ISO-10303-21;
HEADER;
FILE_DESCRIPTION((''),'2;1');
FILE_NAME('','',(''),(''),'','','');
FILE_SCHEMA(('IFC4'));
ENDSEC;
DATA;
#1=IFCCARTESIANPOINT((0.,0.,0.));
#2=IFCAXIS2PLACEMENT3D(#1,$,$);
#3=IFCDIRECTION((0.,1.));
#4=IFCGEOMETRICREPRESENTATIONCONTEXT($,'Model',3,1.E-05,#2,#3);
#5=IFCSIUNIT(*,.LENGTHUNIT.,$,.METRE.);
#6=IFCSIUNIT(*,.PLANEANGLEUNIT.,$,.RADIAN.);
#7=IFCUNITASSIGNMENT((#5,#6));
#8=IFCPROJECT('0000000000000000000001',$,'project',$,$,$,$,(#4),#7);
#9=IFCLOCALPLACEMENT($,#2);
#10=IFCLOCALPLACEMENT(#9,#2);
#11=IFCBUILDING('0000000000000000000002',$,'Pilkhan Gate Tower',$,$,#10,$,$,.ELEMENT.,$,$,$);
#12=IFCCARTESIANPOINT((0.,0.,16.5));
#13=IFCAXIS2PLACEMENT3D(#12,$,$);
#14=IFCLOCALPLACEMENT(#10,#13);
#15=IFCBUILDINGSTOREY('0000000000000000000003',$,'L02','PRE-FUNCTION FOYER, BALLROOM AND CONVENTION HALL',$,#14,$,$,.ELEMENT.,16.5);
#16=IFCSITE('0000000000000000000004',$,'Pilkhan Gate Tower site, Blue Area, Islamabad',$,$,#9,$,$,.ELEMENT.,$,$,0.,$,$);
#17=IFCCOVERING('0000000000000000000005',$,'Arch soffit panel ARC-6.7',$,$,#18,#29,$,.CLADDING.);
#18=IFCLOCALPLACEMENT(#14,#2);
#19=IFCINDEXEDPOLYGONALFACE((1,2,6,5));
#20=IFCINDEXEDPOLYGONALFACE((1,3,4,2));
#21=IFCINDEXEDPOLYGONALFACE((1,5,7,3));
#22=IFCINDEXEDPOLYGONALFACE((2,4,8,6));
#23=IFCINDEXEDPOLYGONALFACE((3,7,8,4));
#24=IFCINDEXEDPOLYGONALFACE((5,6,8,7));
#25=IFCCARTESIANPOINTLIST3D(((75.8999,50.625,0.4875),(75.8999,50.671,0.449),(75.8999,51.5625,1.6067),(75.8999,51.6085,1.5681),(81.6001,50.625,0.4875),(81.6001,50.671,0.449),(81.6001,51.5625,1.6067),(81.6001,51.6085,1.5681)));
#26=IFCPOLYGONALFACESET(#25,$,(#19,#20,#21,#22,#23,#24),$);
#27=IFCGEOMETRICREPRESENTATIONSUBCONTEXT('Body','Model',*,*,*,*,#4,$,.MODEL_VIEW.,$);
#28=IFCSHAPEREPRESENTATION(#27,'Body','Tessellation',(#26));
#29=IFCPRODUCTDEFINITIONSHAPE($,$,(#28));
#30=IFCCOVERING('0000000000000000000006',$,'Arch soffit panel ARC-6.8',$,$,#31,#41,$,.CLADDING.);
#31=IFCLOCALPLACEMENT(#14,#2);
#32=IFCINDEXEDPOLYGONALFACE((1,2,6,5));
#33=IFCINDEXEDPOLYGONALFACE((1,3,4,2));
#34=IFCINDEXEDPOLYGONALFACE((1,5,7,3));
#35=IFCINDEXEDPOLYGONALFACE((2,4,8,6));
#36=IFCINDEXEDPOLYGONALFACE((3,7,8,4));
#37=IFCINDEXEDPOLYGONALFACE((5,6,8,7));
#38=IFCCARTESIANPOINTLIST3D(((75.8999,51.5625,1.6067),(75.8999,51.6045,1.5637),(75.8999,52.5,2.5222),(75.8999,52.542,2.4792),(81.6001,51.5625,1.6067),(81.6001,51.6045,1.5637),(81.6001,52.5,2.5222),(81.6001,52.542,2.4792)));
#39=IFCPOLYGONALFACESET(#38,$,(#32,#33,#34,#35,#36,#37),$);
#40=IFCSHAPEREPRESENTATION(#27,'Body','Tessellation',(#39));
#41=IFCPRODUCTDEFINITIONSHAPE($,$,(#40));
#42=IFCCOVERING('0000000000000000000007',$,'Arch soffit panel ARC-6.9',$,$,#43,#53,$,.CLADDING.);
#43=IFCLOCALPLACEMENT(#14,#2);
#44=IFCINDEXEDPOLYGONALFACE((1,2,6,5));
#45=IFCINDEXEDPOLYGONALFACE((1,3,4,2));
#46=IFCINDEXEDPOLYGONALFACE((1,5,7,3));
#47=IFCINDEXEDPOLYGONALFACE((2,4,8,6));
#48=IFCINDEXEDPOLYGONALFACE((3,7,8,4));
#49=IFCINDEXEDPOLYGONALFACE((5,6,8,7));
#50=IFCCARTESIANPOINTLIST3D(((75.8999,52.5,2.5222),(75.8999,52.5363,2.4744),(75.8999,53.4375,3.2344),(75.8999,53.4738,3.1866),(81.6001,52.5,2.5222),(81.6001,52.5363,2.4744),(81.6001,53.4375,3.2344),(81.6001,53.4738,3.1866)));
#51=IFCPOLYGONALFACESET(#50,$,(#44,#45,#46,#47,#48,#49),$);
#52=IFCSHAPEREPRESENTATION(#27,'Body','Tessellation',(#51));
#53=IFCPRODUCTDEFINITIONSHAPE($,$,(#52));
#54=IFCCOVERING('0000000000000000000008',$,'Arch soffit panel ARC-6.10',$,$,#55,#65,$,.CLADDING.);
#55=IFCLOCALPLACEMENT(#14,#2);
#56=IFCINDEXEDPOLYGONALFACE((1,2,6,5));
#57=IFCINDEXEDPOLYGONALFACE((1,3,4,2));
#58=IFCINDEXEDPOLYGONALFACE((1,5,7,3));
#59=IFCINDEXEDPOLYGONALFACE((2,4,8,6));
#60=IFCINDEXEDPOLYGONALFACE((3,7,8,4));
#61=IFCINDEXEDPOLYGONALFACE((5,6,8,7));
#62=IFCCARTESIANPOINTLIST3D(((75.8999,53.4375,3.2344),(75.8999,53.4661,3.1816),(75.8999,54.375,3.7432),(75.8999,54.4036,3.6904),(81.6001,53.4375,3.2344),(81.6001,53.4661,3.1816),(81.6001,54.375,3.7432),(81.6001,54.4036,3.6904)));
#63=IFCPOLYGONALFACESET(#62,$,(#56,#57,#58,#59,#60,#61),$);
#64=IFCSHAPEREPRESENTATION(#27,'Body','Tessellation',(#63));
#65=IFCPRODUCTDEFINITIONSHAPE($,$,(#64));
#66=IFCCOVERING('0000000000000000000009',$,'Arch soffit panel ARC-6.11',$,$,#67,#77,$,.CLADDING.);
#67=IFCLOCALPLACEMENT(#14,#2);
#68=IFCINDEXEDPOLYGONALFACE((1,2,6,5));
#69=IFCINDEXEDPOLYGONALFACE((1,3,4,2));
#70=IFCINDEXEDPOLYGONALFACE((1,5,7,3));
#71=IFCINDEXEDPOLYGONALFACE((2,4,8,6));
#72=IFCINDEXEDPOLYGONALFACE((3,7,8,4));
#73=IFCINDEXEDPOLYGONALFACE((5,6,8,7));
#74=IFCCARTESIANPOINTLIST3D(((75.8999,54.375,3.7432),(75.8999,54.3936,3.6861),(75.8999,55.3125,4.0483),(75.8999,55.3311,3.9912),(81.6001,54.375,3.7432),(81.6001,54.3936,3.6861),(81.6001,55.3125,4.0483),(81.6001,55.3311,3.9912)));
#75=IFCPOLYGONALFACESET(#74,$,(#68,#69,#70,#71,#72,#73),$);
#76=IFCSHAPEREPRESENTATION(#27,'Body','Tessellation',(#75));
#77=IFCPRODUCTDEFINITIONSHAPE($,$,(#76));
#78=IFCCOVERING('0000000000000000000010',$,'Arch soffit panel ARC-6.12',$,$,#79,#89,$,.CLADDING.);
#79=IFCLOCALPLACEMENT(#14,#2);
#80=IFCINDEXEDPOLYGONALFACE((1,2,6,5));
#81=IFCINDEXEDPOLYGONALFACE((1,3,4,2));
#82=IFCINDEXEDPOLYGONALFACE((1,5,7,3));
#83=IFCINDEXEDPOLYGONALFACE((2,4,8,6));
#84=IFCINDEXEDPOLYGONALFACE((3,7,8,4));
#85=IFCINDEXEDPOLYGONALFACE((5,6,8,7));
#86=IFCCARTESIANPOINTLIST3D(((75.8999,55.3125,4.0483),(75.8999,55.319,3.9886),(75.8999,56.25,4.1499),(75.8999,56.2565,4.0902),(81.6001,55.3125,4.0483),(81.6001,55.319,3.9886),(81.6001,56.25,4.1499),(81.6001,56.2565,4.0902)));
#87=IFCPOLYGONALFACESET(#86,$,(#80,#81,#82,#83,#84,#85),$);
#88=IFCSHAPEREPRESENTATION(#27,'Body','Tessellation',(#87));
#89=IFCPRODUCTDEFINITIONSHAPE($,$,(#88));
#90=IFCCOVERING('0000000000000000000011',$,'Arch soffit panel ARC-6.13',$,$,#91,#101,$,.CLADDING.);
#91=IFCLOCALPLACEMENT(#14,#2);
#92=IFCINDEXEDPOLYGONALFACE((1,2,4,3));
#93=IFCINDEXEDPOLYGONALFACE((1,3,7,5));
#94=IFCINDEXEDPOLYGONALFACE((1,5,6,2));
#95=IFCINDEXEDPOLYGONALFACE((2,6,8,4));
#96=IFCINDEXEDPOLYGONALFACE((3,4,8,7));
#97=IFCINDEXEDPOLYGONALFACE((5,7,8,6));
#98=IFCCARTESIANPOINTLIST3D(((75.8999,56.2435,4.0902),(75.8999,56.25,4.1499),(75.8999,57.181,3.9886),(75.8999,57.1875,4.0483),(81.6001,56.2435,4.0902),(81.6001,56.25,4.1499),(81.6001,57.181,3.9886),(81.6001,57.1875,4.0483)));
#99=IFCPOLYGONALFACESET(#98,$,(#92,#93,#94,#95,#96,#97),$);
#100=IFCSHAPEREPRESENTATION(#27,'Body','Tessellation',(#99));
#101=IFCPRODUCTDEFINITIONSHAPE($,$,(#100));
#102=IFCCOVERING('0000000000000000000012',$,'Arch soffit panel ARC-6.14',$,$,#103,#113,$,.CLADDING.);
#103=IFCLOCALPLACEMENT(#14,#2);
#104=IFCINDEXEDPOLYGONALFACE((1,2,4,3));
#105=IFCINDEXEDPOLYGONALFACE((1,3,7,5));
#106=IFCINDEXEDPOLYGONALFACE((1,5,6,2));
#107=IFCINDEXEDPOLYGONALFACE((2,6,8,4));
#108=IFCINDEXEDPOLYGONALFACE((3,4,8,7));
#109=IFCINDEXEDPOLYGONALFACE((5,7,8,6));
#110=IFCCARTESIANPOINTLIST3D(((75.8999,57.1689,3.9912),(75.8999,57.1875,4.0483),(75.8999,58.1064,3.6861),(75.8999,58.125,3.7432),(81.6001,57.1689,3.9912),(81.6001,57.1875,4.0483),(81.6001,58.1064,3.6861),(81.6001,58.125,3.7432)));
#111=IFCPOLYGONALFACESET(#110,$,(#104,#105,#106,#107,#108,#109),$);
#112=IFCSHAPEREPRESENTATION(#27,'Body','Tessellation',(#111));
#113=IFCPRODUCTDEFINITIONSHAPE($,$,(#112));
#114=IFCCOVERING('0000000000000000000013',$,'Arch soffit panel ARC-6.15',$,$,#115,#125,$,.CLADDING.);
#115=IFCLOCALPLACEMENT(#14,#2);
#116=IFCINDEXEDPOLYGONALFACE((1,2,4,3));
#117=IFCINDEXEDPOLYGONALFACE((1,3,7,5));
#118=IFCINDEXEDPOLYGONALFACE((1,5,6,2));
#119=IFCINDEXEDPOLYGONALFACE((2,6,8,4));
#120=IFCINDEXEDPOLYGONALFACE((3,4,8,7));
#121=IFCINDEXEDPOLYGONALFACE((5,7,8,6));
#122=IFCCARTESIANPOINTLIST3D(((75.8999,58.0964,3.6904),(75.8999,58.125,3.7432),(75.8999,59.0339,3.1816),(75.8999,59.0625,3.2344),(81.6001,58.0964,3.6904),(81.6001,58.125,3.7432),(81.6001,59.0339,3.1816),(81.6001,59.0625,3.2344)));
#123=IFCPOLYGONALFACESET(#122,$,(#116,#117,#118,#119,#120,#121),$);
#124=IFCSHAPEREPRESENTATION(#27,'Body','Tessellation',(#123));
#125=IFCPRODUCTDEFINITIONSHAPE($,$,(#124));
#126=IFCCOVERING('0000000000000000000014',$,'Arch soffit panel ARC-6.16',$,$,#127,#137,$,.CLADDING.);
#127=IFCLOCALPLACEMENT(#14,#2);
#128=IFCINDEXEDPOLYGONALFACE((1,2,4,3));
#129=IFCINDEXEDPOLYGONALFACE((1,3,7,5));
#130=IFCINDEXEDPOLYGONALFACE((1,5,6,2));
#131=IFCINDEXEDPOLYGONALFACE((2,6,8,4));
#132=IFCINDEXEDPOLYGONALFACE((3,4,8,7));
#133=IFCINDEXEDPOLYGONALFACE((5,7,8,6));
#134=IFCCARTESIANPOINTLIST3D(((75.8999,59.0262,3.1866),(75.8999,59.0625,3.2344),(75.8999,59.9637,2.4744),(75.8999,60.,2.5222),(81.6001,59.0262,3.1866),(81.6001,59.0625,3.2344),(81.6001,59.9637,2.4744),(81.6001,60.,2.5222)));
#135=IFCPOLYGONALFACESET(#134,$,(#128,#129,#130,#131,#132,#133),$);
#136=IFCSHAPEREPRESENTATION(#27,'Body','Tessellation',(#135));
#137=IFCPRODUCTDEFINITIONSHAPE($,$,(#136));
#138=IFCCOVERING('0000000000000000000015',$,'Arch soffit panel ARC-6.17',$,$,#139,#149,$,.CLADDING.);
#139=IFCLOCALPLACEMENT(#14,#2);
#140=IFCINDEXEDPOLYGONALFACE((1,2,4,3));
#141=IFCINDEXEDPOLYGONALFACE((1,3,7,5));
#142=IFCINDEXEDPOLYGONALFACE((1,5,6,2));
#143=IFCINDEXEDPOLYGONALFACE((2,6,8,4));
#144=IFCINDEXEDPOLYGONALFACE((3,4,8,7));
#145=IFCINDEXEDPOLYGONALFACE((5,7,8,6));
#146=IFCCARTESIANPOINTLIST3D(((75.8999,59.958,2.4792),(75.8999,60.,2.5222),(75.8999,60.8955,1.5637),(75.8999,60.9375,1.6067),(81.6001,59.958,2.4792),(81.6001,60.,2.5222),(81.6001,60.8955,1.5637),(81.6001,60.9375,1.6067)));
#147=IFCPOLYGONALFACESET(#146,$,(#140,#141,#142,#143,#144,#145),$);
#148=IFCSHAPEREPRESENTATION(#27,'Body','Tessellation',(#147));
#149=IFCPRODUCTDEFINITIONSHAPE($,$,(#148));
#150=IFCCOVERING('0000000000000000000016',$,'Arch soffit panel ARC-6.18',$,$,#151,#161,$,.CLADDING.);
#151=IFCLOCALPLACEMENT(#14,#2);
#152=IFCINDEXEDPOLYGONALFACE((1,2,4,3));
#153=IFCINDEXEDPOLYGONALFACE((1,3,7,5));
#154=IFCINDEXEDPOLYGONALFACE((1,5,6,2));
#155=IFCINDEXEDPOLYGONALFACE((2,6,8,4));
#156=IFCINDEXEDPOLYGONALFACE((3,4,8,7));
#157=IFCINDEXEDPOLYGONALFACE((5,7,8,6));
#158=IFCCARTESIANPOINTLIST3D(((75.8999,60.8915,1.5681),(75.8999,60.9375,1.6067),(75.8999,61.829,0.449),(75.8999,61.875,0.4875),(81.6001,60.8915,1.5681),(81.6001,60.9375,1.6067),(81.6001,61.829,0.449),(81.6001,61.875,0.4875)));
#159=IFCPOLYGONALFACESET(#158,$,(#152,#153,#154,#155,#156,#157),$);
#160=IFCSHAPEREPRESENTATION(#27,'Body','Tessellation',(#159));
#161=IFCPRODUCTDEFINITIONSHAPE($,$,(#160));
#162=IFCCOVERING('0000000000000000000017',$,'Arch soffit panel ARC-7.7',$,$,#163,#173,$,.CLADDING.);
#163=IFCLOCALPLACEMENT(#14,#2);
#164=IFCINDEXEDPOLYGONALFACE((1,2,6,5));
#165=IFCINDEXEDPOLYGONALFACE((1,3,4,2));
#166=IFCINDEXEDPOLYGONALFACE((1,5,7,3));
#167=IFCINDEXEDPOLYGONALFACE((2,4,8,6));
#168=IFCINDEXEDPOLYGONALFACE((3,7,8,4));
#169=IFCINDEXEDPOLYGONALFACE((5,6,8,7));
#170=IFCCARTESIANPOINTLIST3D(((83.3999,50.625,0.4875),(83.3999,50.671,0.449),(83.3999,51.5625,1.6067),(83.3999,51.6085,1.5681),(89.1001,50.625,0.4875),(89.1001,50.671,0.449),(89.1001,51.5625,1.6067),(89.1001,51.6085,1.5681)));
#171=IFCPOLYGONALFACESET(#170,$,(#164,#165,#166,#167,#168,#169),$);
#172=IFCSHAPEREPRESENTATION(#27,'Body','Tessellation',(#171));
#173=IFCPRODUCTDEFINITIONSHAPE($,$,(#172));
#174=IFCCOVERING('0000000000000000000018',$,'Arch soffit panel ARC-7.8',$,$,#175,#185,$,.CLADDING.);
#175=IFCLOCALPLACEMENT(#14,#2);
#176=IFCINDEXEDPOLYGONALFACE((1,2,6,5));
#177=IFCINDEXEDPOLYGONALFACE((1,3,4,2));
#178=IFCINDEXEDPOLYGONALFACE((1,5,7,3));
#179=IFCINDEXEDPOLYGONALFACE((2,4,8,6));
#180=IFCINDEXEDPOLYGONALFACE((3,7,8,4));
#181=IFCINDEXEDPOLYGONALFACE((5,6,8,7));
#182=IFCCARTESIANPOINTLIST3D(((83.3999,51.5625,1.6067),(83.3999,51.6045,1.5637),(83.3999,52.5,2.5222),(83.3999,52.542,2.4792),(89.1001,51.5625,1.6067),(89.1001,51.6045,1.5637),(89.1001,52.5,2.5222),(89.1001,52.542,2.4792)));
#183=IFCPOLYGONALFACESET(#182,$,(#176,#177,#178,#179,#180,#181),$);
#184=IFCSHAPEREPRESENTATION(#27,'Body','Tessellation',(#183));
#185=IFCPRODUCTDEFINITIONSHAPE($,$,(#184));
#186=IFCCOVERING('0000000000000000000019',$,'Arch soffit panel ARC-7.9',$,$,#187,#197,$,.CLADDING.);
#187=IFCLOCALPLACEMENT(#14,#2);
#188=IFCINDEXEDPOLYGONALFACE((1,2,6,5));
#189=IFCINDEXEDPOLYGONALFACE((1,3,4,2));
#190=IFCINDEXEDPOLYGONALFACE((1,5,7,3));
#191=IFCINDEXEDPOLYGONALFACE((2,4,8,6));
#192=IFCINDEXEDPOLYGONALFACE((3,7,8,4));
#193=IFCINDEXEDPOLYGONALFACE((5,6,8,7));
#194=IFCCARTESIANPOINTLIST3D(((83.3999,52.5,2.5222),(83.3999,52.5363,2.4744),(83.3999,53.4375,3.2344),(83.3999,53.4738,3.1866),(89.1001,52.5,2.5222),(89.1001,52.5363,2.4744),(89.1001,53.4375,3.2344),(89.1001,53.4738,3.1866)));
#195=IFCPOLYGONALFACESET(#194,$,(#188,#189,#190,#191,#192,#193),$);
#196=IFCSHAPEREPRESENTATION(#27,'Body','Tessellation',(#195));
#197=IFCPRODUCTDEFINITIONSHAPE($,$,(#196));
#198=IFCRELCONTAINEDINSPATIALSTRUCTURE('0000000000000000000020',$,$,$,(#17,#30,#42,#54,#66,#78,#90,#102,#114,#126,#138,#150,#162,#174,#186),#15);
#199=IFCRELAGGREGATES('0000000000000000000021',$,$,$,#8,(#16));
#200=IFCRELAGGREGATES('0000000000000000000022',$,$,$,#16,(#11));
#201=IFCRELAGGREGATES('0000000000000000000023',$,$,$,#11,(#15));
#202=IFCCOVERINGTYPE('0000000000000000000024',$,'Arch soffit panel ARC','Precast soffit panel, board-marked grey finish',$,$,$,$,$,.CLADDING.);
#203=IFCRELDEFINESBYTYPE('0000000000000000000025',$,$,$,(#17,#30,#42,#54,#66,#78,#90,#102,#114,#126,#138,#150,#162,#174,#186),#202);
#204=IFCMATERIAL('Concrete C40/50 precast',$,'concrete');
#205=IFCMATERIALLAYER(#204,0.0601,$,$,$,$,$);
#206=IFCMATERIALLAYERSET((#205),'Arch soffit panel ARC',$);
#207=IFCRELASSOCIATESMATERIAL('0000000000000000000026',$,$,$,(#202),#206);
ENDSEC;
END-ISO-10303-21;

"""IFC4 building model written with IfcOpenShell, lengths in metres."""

from ifc_helpers import new_model, si_unit, direction, frame, origin, place, context, subcontext, project, spatial, polyline, outline, extrude, material, layer, layer_set, type_object, element, save


model = new_model("IFC4")

# Units and contexts
model_context = context("Model", 3, precision=1e-05, world=origin(), true_north=direction((0.0, 1.0)))
body_context = subcontext(model_context, "Body", "Model", "MODEL_VIEW")
ifc_project = project(units=[si_unit("LENGTHUNIT", "METRE"), si_unit("PLANEANGLEUNIT", "RADIAN")], contexts=[model_context])

# Site, building, storey
site_placement = place(None, origin())
site = spatial("IfcSite", under=ifc_project, at=site_placement, Name="Pilkhan Gate Tower site, Blue Area, Islamabad", CompositionType="ELEMENT", RefElevation=0.0)
building_placement = place(site_placement, origin())
building = spatial("IfcBuilding", under=site, at=building_placement, Name="Pilkhan Gate Tower", CompositionType="ELEMENT")
storey_placement = place(building_placement, frame((0.0, 0.0, 16.5)))
storey = spatial("IfcBuildingStorey", under=building, at=storey_placement, Name="L02", Description="PRE-FUNCTION FOYER, BALLROOM AND CONVENTION HALL", CompositionType="ELEMENT", Elevation=16.5)

# Coverings
ifc_material = material(Name="Concrete C40/50 precast", Category="concrete")
ifc_layer = layer(ifc_material, 0.0601)
ifc_layer_set = layer_set([ifc_layer], Name="Arch soffit panel ARC")
covering_type = type_object("IfcCoveringType", Name="Arch soffit panel ARC", Description="Precast soffit panel, board-marked grey finish", PredefinedType="CLADDING", material=ifc_layer_set)
covering_1_placement = place(storey_placement, frame((75.8999, 50.625, 0.4875), z_axis=(0.0, -0.766574, 0.642156), x_axis=(1.0, 0.0, 0.0)))
element("IfcCovering", 1, at=covering_1_placement, inside=storey, type_object=covering_type, Name="Arch soffit panel ARC-6.7", PredefinedType="CLADDING", context=body_context, shape_type="SweptSolid", body=[
    extrude(outline(polyline([(0.0, 0.0), (5.7002, 0.0), (5.7002, 1.4599), (0.0, 1.4599), (0.0, 0.0)])), origin(), (0.0, 0.0, -1.0), 0.0601),
])
covering_2_placement = place(storey_placement, frame((75.8999, 51.5625, 1.6067), z_axis=(0.0, -0.698673, 0.715441), x_axis=(1.0, 0.0, 0.0)))
element("IfcCovering", 2, at=covering_2_placement, inside=storey, type_object=covering_type, Name="Arch soffit panel ARC-6.8", PredefinedType="CLADDING", context=body_context, shape_type="SweptSolid", body=[
    extrude(outline(polyline([(0.0, 0.0), (5.7002, 0.0), (5.7002, 1.3104), (0.0, 1.3104), (0.0, 0.0)])), origin(), (0.0, 0.0, -1.0), 0.0601),
])
covering_3_placement = place(storey_placement, frame((75.8999, 52.5, 2.5222), z_axis=(0.0, -0.604899, 0.796302), x_axis=(1.0, 0.0, 0.0)))
element("IfcCovering", 3, at=covering_3_placement, inside=storey, type_object=covering_type, Name="Arch soffit panel ARC-6.9", PredefinedType="CLADDING", context=body_context, shape_type="SweptSolid", body=[
    extrude(outline(polyline([(0.0, 0.0), (5.7002, 0.0), (5.7002, 1.1773), (0.0, 1.1773), (0.0, 0.0)])), origin(), (0.0, 0.0, -1.0), 0.0601),
])
covering_4_placement = place(storey_placement, frame((75.8999, 53.4375, 3.2344), z_axis=(0.0, -0.476991, 0.878908), x_axis=(1.0, 0.0, 0.0)))
element("IfcCovering", 4, at=covering_4_placement, inside=storey, type_object=covering_type, Name="Arch soffit panel ARC-6.10", PredefinedType="CLADDING", context=body_context, shape_type="SweptSolid", body=[
    extrude(outline(polyline([(0.0, 0.0), (5.7002, 0.0), (5.7002, 1.0667), (0.0, 1.0667), (0.0, 0.0)])), origin(), (0.0, 0.0, -1.0), 0.0601),
])
covering_5_placement = place(storey_placement, frame((75.8999, 54.375, 3.7432), z_axis=(0.0, -0.309534, 0.950888), x_axis=(1.0, 0.0, 0.0)))
element("IfcCovering", 5, at=covering_5_placement, inside=storey, type_object=covering_type, Name="Arch soffit panel ARC-6.11", PredefinedType="CLADDING", context=body_context, shape_type="SweptSolid", body=[
    extrude(outline(polyline([(0.0, 0.0), (5.7002, 0.0), (5.7002, 0.9859), (0.0, 0.9859), (0.0, 0.0)])), origin(), (0.0, 0.0, -1.0), 0.0601),
])
for number, where, z_axis, x_axis, name in (
    (6, (75.8999, 55.3125, 4.0483), (0.0, -0.107703, 0.994183), (1.0, 0.0, 0.0), "Arch soffit panel ARC-6.12"),
    (7, (75.8999, 56.25, 4.1499), (0.0, 0.107703, 0.994183), (1.0, 0.0, 0.0), "Arch soffit panel ARC-6.13"),
):
    element("IfcCovering", number, at=place(storey_placement, frame(where, z_axis=z_axis, x_axis=x_axis)), inside=storey, type_object=covering_type, Name=name, PredefinedType="CLADDING", context=body_context, shape_type="SweptSolid", body=[
        extrude(outline(polyline([(0.0, 0.0), (5.7002, 0.0), (5.7002, 0.943), (0.0, 0.943), (0.0, 0.0)])), origin(), (0.0, 0.0, -1.0), 0.0601),
    ])
covering_6_placement = place(storey_placement, frame((75.8999, 57.1875, 4.0483), z_axis=(0.0, 0.309534, 0.950888), x_axis=(1.0, 0.0, 0.0)))
element("IfcCovering", 8, at=covering_6_placement, inside=storey, type_object=covering_type, Name="Arch soffit panel ARC-6.14", PredefinedType="CLADDING", context=body_context, shape_type="SweptSolid", body=[
    extrude(outline(polyline([(0.0, 0.0), (5.7002, 0.0), (5.7002, 0.9859), (0.0, 0.9859), (0.0, 0.0)])), origin(), (0.0, 0.0, -1.0), 0.0601),
])
covering_7_placement = place(storey_placement, frame((75.8999, 58.125, 3.7432), z_axis=(0.0, 0.476991, 0.878908), x_axis=(1.0, 0.0, 0.0)))
element("IfcCovering", 9, at=covering_7_placement, inside=storey, type_object=covering_type, Name="Arch soffit panel ARC-6.15", PredefinedType="CLADDING", context=body_context, shape_type="SweptSolid", body=[
    extrude(outline(polyline([(0.0, 0.0), (5.7002, 0.0), (5.7002, 1.0667), (0.0, 1.0667), (0.0, 0.0)])), origin(), (0.0, 0.0, -1.0), 0.0601),
])
covering_8_placement = place(storey_placement, frame((75.8999, 59.0625, 3.2344), z_axis=(0.0, 0.604899, 0.796302), x_axis=(1.0, 0.0, 0.0)))
element("IfcCovering", 10, at=covering_8_placement, inside=storey, type_object=covering_type, Name="Arch soffit panel ARC-6.16", PredefinedType="CLADDING", context=body_context, shape_type="SweptSolid", body=[
    extrude(outline(polyline([(0.0, 0.0), (5.7002, 0.0), (5.7002, 1.1773), (0.0, 1.1773), (0.0, 0.0)])), origin(), (0.0, 0.0, -1.0), 0.0601),
])
covering_9_placement = place(storey_placement, frame((75.8999, 60.0, 2.5222), z_axis=(0.0, 0.698673, 0.715441), x_axis=(1.0, 0.0, 0.0)))
element("IfcCovering", 11, at=covering_9_placement, inside=storey, type_object=covering_type, Name="Arch soffit panel ARC-6.17", PredefinedType="CLADDING", context=body_context, shape_type="SweptSolid", body=[
    extrude(outline(polyline([(0.0, 0.0), (5.7002, 0.0), (5.7002, 1.3104), (0.0, 1.3104), (0.0, 0.0)])), origin(), (0.0, 0.0, -1.0), 0.0601),
])
for number, where, z_axis, x_axis, name in (
    (12, (75.8999, 60.9375, 1.6067), (0.0, 0.766574, 0.642156), (1.0, 0.0, 0.0), "Arch soffit panel ARC-6.18"),
    (13, (83.3999, 50.625, 0.4875), (0.0, -0.766574, 0.642156), (1.0, 0.0, 0.0), "Arch soffit panel ARC-7.7"),
):
    element("IfcCovering", number, at=place(storey_placement, frame(where, z_axis=z_axis, x_axis=x_axis)), inside=storey, type_object=covering_type, Name=name, PredefinedType="CLADDING", context=body_context, shape_type="SweptSolid", body=[
        extrude(outline(polyline([(0.0, 0.0), (5.7002, 0.0), (5.7002, 1.4599), (0.0, 1.4599), (0.0, 0.0)])), origin(), (0.0, 0.0, -1.0), 0.0601),
    ])
covering_10_placement = place(storey_placement, frame((83.3999, 51.5625, 1.6067), z_axis=(0.0, -0.698673, 0.715441), x_axis=(1.0, 0.0, 0.0)))
element("IfcCovering", 14, at=covering_10_placement, inside=storey, type_object=covering_type, Name="Arch soffit panel ARC-7.8", PredefinedType="CLADDING", context=body_context, shape_type="SweptSolid", body=[
    extrude(outline(polyline([(0.0, 0.0), (5.7002, 0.0), (5.7002, 1.3104), (0.0, 1.3104), (0.0, 0.0)])), origin(), (0.0, 0.0, -1.0), 0.0601),
])
covering_11_placement = place(storey_placement, frame((83.3999, 52.5, 2.5222), z_axis=(0.0, -0.604899, 0.796302), x_axis=(1.0, 0.0, 0.0)))
element("IfcCovering", 15, at=covering_11_placement, inside=storey, type_object=covering_type, Name="Arch soffit panel ARC-7.9", PredefinedType="CLADDING", context=body_context, shape_type="SweptSolid", body=[
    extrude(outline(polyline([(0.0, 0.0), (5.7002, 0.0), (5.7002, 1.1773), (0.0, 1.1773), (0.0, 0.0)])), origin(), (0.0, 0.0, -1.0), 0.0601),
])

save(model, "model.ifc")
